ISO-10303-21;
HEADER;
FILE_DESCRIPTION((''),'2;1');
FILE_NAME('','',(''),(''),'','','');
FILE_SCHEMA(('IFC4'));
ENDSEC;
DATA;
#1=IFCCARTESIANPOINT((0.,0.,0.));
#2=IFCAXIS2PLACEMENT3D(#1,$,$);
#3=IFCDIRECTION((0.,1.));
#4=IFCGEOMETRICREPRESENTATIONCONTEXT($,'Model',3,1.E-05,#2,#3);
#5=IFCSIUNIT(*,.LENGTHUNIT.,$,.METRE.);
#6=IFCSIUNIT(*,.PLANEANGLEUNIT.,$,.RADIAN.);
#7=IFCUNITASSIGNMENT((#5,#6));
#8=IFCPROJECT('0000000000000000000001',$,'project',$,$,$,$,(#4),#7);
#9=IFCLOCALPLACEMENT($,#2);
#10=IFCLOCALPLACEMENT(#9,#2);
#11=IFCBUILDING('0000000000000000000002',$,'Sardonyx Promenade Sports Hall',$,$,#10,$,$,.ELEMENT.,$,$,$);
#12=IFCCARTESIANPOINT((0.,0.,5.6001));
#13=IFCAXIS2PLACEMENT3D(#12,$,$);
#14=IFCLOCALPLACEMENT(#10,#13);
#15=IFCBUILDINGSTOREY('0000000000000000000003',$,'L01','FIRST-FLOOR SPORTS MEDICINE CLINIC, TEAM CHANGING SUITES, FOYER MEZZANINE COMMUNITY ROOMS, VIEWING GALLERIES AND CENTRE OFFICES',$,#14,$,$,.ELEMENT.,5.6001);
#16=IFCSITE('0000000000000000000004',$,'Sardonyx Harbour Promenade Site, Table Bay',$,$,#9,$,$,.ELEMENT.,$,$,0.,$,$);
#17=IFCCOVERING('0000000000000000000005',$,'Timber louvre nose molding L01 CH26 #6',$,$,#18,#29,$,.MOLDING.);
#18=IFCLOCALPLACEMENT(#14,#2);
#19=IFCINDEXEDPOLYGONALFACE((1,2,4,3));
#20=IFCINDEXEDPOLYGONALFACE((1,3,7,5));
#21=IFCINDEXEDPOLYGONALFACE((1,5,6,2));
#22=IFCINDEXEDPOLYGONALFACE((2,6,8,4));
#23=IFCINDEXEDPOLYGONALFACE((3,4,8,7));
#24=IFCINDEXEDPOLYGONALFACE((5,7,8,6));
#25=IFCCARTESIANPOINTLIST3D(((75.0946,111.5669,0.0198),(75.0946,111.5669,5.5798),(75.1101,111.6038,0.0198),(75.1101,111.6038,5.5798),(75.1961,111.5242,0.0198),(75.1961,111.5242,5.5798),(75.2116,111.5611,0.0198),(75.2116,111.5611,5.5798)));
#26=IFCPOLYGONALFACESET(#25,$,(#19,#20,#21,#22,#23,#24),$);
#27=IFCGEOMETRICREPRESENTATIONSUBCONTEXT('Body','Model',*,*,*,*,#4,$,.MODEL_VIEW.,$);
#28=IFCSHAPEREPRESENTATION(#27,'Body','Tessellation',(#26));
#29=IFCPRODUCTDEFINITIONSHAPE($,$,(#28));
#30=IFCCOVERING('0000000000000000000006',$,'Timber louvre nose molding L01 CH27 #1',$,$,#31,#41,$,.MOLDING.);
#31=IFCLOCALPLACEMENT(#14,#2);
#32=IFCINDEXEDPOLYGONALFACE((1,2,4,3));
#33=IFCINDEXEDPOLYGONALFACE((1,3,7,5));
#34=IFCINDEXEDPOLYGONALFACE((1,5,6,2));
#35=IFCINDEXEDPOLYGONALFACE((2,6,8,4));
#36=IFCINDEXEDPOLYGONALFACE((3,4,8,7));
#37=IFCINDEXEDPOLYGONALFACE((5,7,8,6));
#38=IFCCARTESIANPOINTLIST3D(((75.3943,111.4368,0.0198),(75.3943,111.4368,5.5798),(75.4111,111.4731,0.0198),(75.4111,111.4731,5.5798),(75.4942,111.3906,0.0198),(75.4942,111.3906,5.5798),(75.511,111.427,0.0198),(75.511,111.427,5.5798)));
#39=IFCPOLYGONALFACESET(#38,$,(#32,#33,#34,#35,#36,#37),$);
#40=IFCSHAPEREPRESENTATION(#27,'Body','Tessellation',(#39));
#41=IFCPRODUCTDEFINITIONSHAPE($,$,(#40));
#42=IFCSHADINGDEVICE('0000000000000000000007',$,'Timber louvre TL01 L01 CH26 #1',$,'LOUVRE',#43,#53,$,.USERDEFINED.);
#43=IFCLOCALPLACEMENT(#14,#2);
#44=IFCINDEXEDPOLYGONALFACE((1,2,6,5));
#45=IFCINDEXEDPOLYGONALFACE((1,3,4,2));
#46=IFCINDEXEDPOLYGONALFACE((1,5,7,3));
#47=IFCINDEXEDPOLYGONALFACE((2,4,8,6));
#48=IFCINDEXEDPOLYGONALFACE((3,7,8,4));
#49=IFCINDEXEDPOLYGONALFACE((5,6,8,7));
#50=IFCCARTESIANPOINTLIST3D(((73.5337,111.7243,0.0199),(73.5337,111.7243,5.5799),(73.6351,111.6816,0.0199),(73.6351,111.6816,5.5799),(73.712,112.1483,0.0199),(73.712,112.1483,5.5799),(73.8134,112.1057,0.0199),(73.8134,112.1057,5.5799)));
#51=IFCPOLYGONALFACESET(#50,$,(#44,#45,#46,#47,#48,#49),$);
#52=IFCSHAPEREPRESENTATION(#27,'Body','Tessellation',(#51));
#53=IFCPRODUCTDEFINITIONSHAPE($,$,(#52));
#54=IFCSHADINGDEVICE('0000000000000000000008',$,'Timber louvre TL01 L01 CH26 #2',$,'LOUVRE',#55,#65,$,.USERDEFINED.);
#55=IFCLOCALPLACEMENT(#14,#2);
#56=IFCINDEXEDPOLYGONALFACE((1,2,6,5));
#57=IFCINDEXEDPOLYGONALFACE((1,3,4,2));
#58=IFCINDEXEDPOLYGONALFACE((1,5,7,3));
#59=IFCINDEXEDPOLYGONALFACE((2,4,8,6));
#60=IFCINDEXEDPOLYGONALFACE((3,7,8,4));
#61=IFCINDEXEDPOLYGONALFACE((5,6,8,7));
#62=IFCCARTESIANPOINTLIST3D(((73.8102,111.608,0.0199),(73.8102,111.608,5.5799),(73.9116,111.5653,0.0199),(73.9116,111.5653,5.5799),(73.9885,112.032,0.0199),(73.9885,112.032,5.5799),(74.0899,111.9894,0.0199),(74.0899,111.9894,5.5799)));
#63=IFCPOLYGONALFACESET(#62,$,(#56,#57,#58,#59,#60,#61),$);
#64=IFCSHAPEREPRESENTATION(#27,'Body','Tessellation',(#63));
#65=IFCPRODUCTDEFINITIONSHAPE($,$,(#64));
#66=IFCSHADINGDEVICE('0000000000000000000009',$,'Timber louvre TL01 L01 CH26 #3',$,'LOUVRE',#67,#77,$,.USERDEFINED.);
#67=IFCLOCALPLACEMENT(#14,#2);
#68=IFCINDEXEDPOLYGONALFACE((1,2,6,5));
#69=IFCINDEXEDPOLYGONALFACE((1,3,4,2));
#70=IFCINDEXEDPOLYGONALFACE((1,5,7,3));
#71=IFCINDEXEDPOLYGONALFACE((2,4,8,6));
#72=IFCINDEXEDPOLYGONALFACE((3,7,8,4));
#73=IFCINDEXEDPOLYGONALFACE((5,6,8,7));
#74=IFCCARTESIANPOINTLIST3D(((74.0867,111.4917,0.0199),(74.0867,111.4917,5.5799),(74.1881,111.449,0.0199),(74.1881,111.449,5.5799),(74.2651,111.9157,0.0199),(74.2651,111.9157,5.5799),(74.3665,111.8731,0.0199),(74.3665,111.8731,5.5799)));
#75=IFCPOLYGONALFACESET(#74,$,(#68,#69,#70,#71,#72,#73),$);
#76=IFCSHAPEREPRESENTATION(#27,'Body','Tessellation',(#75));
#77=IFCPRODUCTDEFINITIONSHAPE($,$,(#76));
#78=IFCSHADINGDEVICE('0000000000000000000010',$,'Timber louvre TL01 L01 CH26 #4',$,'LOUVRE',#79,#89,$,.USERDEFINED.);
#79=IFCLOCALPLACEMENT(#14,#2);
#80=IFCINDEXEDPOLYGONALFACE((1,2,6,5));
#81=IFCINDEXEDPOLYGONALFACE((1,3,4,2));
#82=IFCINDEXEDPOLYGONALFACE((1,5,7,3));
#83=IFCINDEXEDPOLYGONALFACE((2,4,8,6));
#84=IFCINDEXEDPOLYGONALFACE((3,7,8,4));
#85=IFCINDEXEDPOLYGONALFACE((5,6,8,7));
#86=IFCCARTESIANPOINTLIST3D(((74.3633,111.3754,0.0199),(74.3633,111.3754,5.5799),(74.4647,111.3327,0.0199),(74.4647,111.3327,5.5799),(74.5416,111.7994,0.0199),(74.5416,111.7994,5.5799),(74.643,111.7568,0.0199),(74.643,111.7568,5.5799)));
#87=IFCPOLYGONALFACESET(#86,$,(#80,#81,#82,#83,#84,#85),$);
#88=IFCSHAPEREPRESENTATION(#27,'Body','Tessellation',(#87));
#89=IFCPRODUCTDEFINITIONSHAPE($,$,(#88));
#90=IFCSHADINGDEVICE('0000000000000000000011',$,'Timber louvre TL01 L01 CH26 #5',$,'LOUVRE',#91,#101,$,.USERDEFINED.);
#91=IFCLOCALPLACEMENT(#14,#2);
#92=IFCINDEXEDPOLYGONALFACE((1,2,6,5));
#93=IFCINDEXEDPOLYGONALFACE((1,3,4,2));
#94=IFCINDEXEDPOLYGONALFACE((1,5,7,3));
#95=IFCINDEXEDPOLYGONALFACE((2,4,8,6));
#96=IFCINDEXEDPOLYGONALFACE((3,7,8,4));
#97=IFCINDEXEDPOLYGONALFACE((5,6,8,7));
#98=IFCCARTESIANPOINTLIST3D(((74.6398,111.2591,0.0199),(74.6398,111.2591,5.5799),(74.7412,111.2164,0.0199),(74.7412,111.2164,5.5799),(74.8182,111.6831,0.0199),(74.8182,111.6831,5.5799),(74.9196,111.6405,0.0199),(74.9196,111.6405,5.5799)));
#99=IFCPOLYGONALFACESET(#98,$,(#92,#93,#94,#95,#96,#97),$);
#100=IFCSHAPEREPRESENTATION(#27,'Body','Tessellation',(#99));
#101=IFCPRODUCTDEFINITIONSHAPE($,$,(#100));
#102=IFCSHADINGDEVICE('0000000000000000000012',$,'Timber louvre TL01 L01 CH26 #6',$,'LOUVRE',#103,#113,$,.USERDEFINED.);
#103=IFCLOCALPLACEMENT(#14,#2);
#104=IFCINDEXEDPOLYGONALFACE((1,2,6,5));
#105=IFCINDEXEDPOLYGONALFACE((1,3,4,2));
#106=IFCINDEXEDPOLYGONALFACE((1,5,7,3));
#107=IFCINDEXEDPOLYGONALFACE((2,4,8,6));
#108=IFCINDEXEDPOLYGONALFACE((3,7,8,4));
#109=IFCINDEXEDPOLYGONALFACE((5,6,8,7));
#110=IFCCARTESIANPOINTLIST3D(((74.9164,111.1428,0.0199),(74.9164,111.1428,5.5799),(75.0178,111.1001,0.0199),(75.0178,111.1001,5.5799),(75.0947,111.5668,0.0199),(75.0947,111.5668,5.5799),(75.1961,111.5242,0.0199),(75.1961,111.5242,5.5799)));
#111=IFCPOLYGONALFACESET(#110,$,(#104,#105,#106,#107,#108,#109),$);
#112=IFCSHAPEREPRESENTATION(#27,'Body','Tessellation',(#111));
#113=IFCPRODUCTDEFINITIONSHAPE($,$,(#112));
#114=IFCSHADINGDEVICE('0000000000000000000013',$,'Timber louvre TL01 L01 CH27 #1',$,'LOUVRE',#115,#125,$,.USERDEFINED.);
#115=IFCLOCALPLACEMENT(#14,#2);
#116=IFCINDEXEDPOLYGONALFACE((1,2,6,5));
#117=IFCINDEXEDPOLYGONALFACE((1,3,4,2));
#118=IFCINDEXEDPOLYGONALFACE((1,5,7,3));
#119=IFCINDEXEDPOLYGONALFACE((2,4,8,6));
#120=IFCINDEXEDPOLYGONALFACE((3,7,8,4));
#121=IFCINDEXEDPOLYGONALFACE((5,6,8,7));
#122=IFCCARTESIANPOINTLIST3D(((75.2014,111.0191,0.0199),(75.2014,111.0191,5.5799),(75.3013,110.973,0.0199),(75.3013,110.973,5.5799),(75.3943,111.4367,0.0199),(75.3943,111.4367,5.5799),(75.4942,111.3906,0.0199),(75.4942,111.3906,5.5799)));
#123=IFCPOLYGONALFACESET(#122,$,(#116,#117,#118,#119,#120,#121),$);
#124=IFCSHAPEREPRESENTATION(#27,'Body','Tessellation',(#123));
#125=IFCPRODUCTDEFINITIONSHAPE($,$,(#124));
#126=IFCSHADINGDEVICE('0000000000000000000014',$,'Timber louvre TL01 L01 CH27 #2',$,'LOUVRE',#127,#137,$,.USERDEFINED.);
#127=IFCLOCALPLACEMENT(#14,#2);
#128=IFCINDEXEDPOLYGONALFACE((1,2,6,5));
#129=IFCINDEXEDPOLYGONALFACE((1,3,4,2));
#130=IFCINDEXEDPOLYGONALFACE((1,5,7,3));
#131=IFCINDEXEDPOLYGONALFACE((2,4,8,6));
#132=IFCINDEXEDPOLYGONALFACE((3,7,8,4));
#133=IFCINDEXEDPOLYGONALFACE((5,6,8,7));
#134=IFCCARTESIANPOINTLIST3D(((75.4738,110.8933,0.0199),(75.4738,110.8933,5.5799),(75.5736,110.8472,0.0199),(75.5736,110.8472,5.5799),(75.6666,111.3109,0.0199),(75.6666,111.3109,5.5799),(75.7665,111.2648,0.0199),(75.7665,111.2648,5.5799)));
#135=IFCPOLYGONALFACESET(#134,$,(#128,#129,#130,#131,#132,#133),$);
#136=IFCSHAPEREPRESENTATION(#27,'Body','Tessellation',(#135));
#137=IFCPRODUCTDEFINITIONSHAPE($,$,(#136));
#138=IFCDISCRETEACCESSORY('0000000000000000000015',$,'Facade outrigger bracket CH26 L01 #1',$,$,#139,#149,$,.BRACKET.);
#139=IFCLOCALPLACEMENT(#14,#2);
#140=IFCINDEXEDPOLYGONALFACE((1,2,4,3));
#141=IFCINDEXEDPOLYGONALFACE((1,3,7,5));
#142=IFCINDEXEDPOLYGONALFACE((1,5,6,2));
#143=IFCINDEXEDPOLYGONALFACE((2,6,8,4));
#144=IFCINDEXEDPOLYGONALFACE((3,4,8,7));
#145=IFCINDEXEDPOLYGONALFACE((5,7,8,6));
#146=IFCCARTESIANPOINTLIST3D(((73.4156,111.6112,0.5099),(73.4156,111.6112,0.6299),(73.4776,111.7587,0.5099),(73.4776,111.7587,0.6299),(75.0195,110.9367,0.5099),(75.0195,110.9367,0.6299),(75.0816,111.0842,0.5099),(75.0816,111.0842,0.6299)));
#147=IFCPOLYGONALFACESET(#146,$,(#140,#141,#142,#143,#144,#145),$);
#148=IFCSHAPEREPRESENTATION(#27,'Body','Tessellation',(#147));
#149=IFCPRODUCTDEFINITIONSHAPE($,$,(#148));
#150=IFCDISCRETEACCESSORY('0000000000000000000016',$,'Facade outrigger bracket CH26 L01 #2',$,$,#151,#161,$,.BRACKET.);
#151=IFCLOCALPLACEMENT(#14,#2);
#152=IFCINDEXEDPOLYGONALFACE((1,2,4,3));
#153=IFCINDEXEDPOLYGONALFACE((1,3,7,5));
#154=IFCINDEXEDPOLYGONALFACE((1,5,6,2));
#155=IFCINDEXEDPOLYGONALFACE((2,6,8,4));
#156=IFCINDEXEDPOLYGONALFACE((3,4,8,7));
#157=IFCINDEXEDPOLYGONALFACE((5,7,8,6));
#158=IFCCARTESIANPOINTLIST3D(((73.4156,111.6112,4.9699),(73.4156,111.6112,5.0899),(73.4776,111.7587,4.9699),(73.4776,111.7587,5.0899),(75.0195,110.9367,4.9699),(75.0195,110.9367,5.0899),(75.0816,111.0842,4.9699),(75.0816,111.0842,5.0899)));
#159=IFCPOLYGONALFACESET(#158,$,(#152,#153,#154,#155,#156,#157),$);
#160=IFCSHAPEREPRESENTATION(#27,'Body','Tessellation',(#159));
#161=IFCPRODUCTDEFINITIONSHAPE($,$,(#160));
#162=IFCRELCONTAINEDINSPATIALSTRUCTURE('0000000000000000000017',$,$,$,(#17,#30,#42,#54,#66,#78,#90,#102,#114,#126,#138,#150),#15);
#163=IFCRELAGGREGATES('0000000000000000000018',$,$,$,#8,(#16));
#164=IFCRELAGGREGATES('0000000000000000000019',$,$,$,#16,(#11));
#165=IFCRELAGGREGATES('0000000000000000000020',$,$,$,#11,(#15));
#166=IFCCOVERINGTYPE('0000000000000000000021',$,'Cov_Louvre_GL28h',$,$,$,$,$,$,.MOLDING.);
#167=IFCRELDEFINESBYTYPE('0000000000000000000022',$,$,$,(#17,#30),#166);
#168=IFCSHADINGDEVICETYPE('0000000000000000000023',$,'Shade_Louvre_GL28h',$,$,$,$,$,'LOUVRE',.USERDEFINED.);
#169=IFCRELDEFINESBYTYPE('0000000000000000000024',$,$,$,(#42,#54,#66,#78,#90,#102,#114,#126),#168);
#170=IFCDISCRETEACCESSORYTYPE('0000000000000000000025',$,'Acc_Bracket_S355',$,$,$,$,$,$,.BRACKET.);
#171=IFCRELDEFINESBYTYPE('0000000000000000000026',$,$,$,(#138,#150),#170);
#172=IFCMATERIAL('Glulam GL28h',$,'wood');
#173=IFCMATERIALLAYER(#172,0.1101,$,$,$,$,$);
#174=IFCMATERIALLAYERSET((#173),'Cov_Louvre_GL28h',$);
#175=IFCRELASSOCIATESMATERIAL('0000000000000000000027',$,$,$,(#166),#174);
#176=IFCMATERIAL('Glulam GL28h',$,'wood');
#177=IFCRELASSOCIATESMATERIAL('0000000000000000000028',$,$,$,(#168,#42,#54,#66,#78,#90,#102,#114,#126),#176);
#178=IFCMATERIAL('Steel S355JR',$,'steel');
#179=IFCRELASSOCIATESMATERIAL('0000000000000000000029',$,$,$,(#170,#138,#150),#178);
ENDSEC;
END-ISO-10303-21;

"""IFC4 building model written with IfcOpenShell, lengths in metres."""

from ifc_helpers import new_model, si_unit, direction, frame, origin, origin_2d, place, context, subcontext, project, spatial, rectangle, extrude, material, layer, layer_set, type_object, element, save


model = new_model("IFC4")

# Units and contexts
model_context = context("Model", 3, precision=1e-05, world=origin(), true_north=direction((0.0, 1.0)))
body_context = subcontext(model_context, "Body", "Model", "MODEL_VIEW")
ifc_project = project(units=[si_unit("LENGTHUNIT", "METRE"), si_unit("PLANEANGLEUNIT", "RADIAN")], contexts=[model_context])

# Site, building, storey
site_placement = place(None, origin())
site = spatial("IfcSite", under=ifc_project, at=site_placement, Name="Sardonyx Harbour Promenade Site, Table Bay", CompositionType="ELEMENT", RefElevation=0.0)
building_placement = place(site_placement, origin())
building = spatial("IfcBuilding", under=site, at=building_placement, Name="Sardonyx Promenade Sports Hall", CompositionType="ELEMENT")
storey_placement = place(building_placement, frame((0.0, 0.0, 5.6001)))
storey = spatial("IfcBuildingStorey", under=building, at=storey_placement, Name="L01", Description="FIRST-FLOOR SPORTS MEDICINE CLINIC, TEAM CHANGING SUITES, FOYER MEZZANINE COMMUNITY ROOMS, VIEWING GALLERIES AND CENTRE OFFICES", CompositionType="ELEMENT", Elevation=5.6001)

# Coverings
ifc_material_1 = material(Name="Glulam GL28h", Category="wood")
ifc_layer_1 = layer(ifc_material_1, 0.1101)
ifc_layer_set_1 = layer_set([ifc_layer_1], Name="Cov_Louvre_GL28h")
covering_type = type_object("IfcCoveringType", Name="Cov_Louvre_GL28h", PredefinedType="MOLDING", material=ifc_layer_set_1)
for number, where, z_axis, x_axis, name in (
    (1, (75.1531, 111.564, 0.0198), (0.0, 0.0, 1.0), (0.9218, -0.387665, 0.0), "Timber louvre nose molding L01 CH26 #6"),
    (2, (75.4526, 111.4319, 0.0198), (0.0, 0.0, 1.0), (0.907831, -0.419336, 0.0), "Timber louvre nose molding L01 CH27 #1"),
):
    element("IfcCovering", number, at=place(storey_placement, frame(where, z_axis=z_axis, x_axis=x_axis)), inside=storey, type_object=covering_type, Name=name, PredefinedType="MOLDING", context=body_context, shape_type="SweptSolid", body=[
        extrude(rectangle(XDim=0.1101, YDim=0.04, at=origin_2d()), origin(), (0.0, 0.0, 1.0), 5.5601),
    ])

# Shading devices
ifc_material_2 = material(Name="Glulam GL28h", Category="wood")
shading_device_type = type_object("IfcShadingDeviceType", Name="Shade_Louvre_GL28h", ElementType="LOUVRE", PredefinedType="USERDEFINED", material=ifc_material_2)
for number, where, z_axis, x_axis, name in (
    (3, (73.6735, 111.915, 0.0199), (0.0, 0.0, 1.0), (0.9218, -0.387665, 0.0), "Timber louvre TL01 L01 CH26 #1"),
    (4, (73.9501, 111.7987, 0.0199), (0.0, 0.0, 1.0), (0.9218, -0.387665, 0.0), "Timber louvre TL01 L01 CH26 #2"),
    (5, (74.2266, 111.6824, 0.0199), (0.0, 0.0, 1.0), (0.9218, -0.387665, 0.0), "Timber louvre TL01 L01 CH26 #3"),
    (6, (74.5032, 111.5661, 0.0199), (0.0, 0.0, 1.0), (0.9218, -0.387665, 0.0), "Timber louvre TL01 L01 CH26 #4"),
    (7, (74.7797, 111.4498, 0.0199), (0.0, 0.0, 1.0), (0.9218, -0.387665, 0.0), "Timber louvre TL01 L01 CH26 #5"),
    (8, (75.0562, 111.3335, 0.0199), (0.0, 0.0, 1.0), (0.9218, -0.387665, 0.0), "Timber louvre TL01 L01 CH26 #6"),
    (9, (75.3478, 111.2049, 0.0199), (0.0, 0.0, 1.0), (0.907831, -0.419336, 0.0), "Timber louvre TL01 L01 CH27 #1"),
    (10, (75.6201, 111.0791, 0.0199), (0.0, 0.0, 1.0), (0.907831, -0.419336, 0.0), "Timber louvre TL01 L01 CH27 #2"),
):
    element("IfcShadingDevice", number, at=place(storey_placement, frame(where, z_axis=z_axis, x_axis=x_axis)), inside=storey, type_object=shading_device_type, material=ifc_material_2, Name=name, ObjectType="LOUVRE", PredefinedType="USERDEFINED", context=body_context, shape_type="SweptSolid", body=[
        extrude(rectangle(XDim=0.11, YDim=0.46), origin(), (0.0, 0.0, 1.0), 5.56),
    ])

# Discrete accessories
ifc_material_3 = material(Name="Steel S355JR", Category="steel")
discrete_accessory_type = type_object("IfcDiscreteAccessoryType", Name="Acc_Bracket_S355", PredefinedType="BRACKET", material=ifc_material_3)
for number, where, z_axis, x_axis, name in (
    (11, (74.2486, 111.3477, 0.5099), (0.0, 0.0, 1.0), (0.9218, -0.387665, 0.0), "Facade outrigger bracket CH26 L01 #1"),
    (12, (74.2486, 111.3477, 4.9699), (0.0, 0.0, 1.0), (0.9218, -0.387665, 0.0), "Facade outrigger bracket CH26 L01 #2"),
):
    element("IfcDiscreteAccessory", number, at=place(storey_placement, frame(where, z_axis=z_axis, x_axis=x_axis)), inside=storey, type_object=discrete_accessory_type, material=ifc_material_3, Name=name, PredefinedType="BRACKET", context=body_context, shape_type="SweptSolid", body=[
        extrude(rectangle(XDim=1.74, YDim=0.16), origin(), (0.0, 0.0, 1.0), 0.12),
    ])

save(model, "model.ifc")
